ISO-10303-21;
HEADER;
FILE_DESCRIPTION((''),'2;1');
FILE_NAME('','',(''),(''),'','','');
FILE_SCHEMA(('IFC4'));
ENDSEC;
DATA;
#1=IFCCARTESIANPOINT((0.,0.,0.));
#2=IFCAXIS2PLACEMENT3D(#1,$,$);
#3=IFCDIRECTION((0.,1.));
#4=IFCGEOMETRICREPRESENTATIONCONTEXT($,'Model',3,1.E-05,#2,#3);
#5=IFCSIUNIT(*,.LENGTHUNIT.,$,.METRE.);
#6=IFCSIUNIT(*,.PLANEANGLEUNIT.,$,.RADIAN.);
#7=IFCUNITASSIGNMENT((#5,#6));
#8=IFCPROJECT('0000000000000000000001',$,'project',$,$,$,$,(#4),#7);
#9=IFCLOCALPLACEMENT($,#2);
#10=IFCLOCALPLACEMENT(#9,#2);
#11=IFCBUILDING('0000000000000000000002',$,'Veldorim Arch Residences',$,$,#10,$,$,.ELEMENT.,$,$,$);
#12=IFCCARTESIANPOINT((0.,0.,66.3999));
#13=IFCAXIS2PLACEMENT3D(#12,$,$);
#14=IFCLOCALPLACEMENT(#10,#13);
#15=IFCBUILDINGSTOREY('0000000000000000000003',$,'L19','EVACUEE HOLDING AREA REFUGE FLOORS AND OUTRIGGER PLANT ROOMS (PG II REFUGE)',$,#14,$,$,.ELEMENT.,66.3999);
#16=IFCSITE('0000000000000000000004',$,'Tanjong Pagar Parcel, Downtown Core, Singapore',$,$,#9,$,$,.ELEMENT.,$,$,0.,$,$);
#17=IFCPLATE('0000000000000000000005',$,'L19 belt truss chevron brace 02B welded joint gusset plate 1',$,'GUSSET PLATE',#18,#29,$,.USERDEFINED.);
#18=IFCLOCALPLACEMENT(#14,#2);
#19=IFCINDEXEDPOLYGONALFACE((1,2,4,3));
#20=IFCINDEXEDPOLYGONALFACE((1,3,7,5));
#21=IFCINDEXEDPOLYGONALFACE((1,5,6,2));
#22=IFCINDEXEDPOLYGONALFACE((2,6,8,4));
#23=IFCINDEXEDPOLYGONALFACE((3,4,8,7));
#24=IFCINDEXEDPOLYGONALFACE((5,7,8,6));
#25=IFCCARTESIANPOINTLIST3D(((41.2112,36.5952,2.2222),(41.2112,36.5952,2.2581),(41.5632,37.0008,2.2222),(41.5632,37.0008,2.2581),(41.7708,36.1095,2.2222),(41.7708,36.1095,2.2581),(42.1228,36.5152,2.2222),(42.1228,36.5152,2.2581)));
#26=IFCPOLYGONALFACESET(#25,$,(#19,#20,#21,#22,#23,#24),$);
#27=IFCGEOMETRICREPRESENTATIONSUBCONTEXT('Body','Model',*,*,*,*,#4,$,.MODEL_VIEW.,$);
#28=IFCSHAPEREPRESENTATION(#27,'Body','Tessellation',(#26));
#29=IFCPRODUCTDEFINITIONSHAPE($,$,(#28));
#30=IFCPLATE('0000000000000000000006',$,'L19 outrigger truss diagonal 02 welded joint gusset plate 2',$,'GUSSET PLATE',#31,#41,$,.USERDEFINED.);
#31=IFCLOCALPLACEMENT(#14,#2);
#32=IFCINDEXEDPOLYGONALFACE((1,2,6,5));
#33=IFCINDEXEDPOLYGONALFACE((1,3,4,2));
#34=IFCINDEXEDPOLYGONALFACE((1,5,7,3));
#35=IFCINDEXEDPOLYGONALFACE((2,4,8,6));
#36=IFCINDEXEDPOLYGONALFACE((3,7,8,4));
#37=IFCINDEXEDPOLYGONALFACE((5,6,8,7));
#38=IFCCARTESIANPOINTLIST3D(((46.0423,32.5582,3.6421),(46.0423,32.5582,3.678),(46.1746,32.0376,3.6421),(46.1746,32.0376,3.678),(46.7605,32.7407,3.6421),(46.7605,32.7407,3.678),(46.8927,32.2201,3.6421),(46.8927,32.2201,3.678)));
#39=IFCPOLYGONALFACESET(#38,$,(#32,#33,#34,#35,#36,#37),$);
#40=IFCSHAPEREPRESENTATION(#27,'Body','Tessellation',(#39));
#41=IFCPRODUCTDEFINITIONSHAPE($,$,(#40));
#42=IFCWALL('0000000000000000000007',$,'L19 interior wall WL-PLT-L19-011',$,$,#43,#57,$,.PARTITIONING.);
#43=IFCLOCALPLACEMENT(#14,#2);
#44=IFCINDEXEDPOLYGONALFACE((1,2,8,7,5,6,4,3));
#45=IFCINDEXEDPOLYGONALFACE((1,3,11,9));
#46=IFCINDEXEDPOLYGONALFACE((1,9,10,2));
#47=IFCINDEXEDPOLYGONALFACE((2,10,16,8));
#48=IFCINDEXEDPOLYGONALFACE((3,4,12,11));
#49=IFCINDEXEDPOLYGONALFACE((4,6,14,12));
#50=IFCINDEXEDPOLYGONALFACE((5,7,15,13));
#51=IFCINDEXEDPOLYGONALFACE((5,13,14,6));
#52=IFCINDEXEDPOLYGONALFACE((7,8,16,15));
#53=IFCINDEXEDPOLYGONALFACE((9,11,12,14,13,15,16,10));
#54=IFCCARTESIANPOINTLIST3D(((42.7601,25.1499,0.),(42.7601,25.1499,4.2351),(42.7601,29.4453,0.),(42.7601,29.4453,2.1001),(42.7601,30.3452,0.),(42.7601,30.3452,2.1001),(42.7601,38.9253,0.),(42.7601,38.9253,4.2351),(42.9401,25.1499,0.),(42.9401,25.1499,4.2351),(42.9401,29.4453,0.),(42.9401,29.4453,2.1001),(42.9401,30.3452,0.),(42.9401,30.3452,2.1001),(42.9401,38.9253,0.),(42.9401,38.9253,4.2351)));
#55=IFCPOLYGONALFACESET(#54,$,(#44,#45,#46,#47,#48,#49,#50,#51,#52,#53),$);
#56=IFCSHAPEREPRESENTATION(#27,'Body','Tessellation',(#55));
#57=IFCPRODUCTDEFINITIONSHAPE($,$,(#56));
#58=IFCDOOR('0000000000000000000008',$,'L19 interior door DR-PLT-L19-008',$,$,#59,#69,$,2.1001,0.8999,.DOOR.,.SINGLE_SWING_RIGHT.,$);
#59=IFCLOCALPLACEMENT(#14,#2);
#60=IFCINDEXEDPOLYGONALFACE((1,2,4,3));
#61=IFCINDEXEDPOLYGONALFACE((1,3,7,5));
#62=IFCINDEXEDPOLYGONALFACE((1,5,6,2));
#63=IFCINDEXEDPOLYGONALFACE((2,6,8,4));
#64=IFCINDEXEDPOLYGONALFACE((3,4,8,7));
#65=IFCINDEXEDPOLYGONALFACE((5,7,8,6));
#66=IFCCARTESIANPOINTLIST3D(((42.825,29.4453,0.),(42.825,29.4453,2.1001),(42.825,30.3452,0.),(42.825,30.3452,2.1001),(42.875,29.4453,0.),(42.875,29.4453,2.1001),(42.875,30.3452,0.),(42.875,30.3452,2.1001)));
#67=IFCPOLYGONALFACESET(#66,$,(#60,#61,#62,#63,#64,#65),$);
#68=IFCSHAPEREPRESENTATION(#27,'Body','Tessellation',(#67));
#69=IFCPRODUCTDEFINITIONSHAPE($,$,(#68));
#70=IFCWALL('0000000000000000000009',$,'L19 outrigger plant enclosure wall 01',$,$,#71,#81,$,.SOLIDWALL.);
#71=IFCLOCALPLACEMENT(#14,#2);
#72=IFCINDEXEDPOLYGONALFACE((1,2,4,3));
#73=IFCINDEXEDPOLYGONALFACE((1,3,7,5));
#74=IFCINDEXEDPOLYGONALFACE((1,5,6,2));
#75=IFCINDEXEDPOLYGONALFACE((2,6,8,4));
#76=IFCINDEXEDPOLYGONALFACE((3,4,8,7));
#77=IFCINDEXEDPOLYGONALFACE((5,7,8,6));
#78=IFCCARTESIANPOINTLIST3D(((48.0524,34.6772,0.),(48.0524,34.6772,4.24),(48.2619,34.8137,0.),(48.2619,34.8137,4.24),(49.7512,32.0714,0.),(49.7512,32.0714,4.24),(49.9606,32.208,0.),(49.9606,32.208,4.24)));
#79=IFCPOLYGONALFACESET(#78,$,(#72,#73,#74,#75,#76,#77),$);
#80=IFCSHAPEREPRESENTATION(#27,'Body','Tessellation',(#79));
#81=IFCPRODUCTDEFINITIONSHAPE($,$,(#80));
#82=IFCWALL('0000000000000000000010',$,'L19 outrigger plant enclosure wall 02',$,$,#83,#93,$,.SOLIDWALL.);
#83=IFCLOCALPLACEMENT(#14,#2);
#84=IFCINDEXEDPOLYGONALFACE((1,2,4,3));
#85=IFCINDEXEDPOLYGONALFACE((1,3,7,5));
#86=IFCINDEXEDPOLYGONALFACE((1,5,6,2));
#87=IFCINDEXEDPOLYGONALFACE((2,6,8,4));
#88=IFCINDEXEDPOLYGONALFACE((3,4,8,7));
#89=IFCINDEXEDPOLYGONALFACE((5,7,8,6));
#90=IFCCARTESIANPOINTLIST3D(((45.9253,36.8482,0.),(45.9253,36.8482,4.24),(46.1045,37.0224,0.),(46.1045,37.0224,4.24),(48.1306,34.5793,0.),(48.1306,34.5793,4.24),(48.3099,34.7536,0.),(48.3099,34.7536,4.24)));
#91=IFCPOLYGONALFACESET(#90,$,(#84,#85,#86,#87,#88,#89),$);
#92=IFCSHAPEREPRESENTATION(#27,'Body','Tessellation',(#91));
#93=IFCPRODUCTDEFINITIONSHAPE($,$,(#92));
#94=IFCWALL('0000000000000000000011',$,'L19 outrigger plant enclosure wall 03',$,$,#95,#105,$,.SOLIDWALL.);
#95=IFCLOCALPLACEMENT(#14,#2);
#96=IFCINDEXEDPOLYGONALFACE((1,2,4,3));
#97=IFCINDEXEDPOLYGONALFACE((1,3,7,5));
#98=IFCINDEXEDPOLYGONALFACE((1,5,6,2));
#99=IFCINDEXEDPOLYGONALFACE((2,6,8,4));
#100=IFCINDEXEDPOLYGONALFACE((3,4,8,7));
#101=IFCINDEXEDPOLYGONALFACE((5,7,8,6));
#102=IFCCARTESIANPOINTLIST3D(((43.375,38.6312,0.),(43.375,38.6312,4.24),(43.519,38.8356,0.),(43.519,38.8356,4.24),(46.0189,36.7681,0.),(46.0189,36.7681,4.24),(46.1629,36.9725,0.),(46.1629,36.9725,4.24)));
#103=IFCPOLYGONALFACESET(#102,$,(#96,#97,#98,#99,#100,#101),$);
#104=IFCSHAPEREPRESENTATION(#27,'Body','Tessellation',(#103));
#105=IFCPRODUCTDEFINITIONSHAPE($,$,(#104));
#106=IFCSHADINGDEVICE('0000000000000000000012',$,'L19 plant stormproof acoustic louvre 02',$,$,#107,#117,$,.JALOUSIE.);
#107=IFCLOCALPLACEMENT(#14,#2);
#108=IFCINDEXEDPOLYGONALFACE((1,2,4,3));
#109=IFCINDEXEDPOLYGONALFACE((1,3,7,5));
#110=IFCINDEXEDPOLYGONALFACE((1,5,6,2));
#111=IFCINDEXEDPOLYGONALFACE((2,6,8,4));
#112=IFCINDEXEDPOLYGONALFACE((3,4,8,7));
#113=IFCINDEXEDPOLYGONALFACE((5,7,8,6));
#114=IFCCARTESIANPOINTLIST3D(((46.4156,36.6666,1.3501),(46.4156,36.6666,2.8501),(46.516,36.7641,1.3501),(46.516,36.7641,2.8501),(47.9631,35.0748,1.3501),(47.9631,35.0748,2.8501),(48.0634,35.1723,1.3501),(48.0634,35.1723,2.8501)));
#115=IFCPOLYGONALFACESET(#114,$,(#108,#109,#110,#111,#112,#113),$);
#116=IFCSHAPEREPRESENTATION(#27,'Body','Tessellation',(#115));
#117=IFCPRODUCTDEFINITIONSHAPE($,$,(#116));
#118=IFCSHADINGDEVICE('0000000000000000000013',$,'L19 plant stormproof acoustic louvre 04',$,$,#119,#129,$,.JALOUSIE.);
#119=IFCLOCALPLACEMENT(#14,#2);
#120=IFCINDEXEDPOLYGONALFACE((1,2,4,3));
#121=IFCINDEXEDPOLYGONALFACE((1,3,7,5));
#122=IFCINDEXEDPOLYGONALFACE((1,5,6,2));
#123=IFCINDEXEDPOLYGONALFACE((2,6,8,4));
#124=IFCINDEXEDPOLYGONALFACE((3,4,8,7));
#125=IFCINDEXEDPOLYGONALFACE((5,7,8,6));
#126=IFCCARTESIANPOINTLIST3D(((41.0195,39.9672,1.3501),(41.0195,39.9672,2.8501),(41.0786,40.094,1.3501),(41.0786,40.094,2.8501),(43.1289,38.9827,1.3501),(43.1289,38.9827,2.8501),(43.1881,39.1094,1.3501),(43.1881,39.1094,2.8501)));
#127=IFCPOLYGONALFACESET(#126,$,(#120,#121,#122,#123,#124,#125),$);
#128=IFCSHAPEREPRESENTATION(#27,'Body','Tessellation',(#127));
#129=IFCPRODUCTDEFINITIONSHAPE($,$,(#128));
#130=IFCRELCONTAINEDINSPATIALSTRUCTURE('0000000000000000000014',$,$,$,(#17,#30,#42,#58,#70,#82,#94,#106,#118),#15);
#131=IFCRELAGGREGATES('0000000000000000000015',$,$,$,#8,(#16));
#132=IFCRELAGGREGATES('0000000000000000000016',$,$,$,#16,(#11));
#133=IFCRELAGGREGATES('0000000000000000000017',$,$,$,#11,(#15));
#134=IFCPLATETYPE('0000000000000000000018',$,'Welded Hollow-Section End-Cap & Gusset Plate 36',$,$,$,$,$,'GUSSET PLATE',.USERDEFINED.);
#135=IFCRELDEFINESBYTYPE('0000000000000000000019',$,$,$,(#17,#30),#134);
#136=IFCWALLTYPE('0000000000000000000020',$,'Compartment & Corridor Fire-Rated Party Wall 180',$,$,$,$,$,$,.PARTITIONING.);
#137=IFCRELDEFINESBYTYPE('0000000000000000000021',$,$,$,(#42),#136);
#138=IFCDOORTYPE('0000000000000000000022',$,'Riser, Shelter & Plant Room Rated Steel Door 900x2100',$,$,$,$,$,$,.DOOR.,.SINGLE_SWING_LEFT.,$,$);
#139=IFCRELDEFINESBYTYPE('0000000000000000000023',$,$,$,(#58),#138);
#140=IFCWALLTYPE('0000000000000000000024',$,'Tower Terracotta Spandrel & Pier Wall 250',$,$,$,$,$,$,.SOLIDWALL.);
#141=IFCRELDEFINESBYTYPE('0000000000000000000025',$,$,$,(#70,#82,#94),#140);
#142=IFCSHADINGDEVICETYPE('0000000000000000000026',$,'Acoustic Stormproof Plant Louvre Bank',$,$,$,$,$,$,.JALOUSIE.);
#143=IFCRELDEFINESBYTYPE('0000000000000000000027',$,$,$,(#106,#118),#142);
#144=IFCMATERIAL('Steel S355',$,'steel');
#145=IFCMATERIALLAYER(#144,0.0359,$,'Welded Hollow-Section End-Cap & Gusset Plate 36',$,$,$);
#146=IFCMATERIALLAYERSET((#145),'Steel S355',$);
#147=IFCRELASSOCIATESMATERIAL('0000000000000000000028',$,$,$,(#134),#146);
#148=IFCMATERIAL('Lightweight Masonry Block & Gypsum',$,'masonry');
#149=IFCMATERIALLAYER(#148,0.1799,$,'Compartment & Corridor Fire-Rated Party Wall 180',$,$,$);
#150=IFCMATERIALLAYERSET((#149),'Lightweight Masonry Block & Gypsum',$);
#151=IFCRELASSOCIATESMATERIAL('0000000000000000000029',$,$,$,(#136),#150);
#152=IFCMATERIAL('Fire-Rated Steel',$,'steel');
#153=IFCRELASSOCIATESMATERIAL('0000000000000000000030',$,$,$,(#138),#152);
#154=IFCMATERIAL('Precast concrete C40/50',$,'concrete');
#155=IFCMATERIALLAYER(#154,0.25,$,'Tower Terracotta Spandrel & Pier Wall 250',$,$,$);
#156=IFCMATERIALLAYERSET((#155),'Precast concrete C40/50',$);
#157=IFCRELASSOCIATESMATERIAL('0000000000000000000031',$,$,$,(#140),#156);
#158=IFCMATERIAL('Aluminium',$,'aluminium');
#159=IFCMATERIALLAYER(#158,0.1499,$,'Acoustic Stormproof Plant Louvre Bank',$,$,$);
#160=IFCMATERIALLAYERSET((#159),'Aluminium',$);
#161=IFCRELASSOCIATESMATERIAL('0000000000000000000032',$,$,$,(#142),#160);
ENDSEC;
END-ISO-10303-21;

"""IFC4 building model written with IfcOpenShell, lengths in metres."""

from ifc_helpers import new_model, si_unit, direction, frame, frame_2d, origin, origin_2d, place, context, subcontext, project, spatial, rectangle, extrude, material, layer, layer_set, type_object, element, fill, save


model = new_model("IFC4")

# Units and contexts
model_context = context("Model", 3, precision=1e-05, world=origin(), true_north=direction((0.0, 1.0)))
body_context = subcontext(model_context, "Body", "Model", "MODEL_VIEW")
ifc_project = project(units=[si_unit("LENGTHUNIT", "METRE"), si_unit("PLANEANGLEUNIT", "RADIAN")], contexts=[model_context])

# Site, building, storey
site_placement = place(None, origin())
site = spatial("IfcSite", under=ifc_project, at=site_placement, Name="Tanjong Pagar Parcel, Downtown Core, Singapore", CompositionType="ELEMENT", RefElevation=0.0)
building_placement = place(site_placement, origin())
building = spatial("IfcBuilding", under=site, at=building_placement, Name="Veldorim Arch Residences", CompositionType="ELEMENT")
storey_placement = place(building_placement, frame((0.0, 0.0, 66.3999)))
storey = spatial("IfcBuildingStorey", under=building, at=storey_placement, Name="L19", Description="EVACUEE HOLDING AREA REFUGE FLOORS AND OUTRIGGER PLANT ROOMS (PG II REFUGE)", CompositionType="ELEMENT", Elevation=66.3999)

# Plates
ifc_material_1 = material(Name="Steel S355", Category="steel")
ifc_layer_1 = layer(ifc_material_1, 0.0359, Name="Welded Hollow-Section End-Cap & Gusset Plate 36")
ifc_layer_set_1 = layer_set([ifc_layer_1], Name="Steel S355")
plate_type = type_object("IfcPlateType", Name="Welded Hollow-Section End-Cap & Gusset Plate 36", ElementType="GUSSET PLATE", PredefinedType="USERDEFINED", material=ifc_layer_set_1)
for number, where, z_axis, x_axis, name in (
    (1, (41.667, 36.5552, 2.2222), (0.0, 0.0, 1.0), (0.755259, -0.655427, 0.0), "L19 belt truss chevron brace 02B welded joint gusset plate 1"),
    (2, (46.4675, 32.3892, 3.6421), (0.0, 0.0, 1.0), (0.969209, 0.246238, 0.0), "L19 outrigger truss diagonal 02 welded joint gusset plate 2"),
):
    element("IfcPlate", number, at=place(storey_placement, frame(where, z_axis=z_axis, x_axis=x_axis)), inside=storey, type_object=plate_type, Name=name, ObjectType="GUSSET PLATE", PredefinedType="USERDEFINED", context=body_context, shape_type="SweptSolid", body=[
        extrude(rectangle(XDim=0.741, YDim=0.5371, at=origin_2d()), origin(), (0.0, 0.0, 1.0), 0.0359),
    ])

# Wall, opening, door
ifc_material_2 = material(Name="Lightweight Masonry Block & Gypsum", Category="masonry")
ifc_layer_2 = layer(ifc_material_2, 0.1799, Name="Compartment & Corridor Fire-Rated Party Wall 180")
ifc_layer_set_2 = layer_set([ifc_layer_2], Name="Lightweight Masonry Block & Gypsum")
wall_type_1 = type_object("IfcWallType", Name="Compartment & Corridor Fire-Rated Party Wall 180", PredefinedType="PARTITIONING", material=ifc_layer_set_2)
wall_1_placement = place(storey_placement, frame((42.8501, 38.9253, 0.0), z_axis=(0.0, 0.0, 1.0), x_axis=(0.0, -1.0, 0.0)))
wall_1 = element("IfcWall", 3, at=wall_1_placement, inside=storey, type_object=wall_type_1, Name="L19 interior wall WL-PLT-L19-011", PredefinedType="PARTITIONING", context=body_context, shape_type="SweptSolid", body=[
    extrude(rectangle(XDim=13.7754, YDim=0.1799, at=frame_2d((6.8877, 0.0))), origin(), (0.0, 0.0, 1.0), 4.2351),
])
opening_placement = place(wall_1_placement, frame((8.5801, 0.0, 0.0)))
opening = element("IfcOpeningElement", 4, at=opening_placement, cuts=wall_1, PredefinedType="OPENING", context=body_context, shape_type="SweptSolid", body=[
    extrude(rectangle(XDim=0.8999, YDim=2.1001, at=frame_2d((0.45, 1.05))), frame((0.0, 0.0999, 0.0), z_axis=(0.0, -1.0, 0.0), x_axis=(1.0, 0.0, 0.0)), (0.0, 0.0, 1.0), 0.2),
])
ifc_material_3 = material(Name="Fire-Rated Steel", Category="steel")
door_type = type_object("IfcDoorType", Name="Riser, Shelter & Plant Room Rated Steel Door 900x2100", OperationType="SINGLE_SWING_LEFT", PredefinedType="DOOR", material=ifc_material_3)
door_placement = place(opening_placement, origin())
door = element("IfcDoor", 5, at=door_placement, inside=storey, type_object=door_type, Name="L19 interior door DR-PLT-L19-008", OperationType="SINGLE_SWING_RIGHT", OverallHeight=2.1001, OverallWidth=0.8999, PredefinedType="DOOR", context=body_context, shape_type="SweptSolid", body=[
    extrude(rectangle(XDim=0.8999, YDim=2.1001, at=frame_2d((0.45, 1.05))), frame((0.0, 0.0249, 0.0), z_axis=(0.0, -1.0, 0.0), x_axis=(1.0, 0.0, 0.0)), (0.0, 0.0, 1.0), 0.05),
])
fill(opening, door)

# Walls
ifc_material_4 = material(Name="Precast concrete C40/50", Category="concrete")
ifc_layer_3 = layer(ifc_material_4, 0.25, Name="Tower Terracotta Spandrel & Pier Wall 250")
ifc_layer_set_3 = layer_set([ifc_layer_3], Name="Precast concrete C40/50")
wall_type_2 = type_object("IfcWallType", Name="Tower Terracotta Spandrel & Pier Wall 250", PredefinedType="SOLIDWALL", material=ifc_layer_set_3)
wall_2_placement = place(storey_placement, frame((48.1572, 34.7454, 0.0), z_axis=(0.0, 0.0, 1.0), x_axis=(0.546122, -0.837706, 0.0)))
element("IfcWall", 6, at=wall_2_placement, inside=storey, type_object=wall_type_2, Name="L19 outrigger plant enclosure wall 01", PredefinedType="SOLIDWALL", context=body_context, shape_type="SweptSolid", body=[
    extrude(rectangle(XDim=3.1106, YDim=0.25, at=frame_2d((1.5552, 0.0))), origin(), (0.0, 0.0, 1.0), 4.24),
])
wall_3_placement = place(storey_placement, frame((46.0149, 36.9353, 0.0), z_axis=(0.0, 0.0, 1.0), x_axis=(0.697005, -0.717067, 0.0)))
element("IfcWall", 7, at=wall_3_placement, inside=storey, type_object=wall_type_2, Name="L19 outrigger plant enclosure wall 02", PredefinedType="SOLIDWALL", context=body_context, shape_type="SweptSolid", body=[
    extrude(rectangle(XDim=3.1641, YDim=0.25, at=frame_2d((1.582, 0.0))), origin(), (0.0, 0.0, 1.0), 4.24),
])
wall_4_placement = place(storey_placement, frame((43.447, 38.7334, 0.0), z_axis=(0.0, 0.0, 1.0), x_axis=(0.81743, -0.576028, 0.0)))
element("IfcWall", 8, at=wall_4_placement, inside=storey, type_object=wall_type_2, Name="L19 outrigger plant enclosure wall 03", PredefinedType="SOLIDWALL", context=body_context, shape_type="SweptSolid", body=[
    extrude(rectangle(XDim=3.2344, YDim=0.25, at=frame_2d((1.6172, 0.0))), origin(), (0.0, 0.0, 1.0), 4.24),
])

# Shading devices
ifc_material_5 = material(Name="Aluminium", Category="aluminium")
ifc_layer_4 = layer(ifc_material_5, 0.1499, Name="Acoustic Stormproof Plant Louvre Bank")
ifc_layer_set_4 = layer_set([ifc_layer_4], Name="Aluminium")
shading_device_type = type_object("IfcShadingDeviceType", Name="Acoustic Stormproof Plant Louvre Bank", PredefinedType="JALOUSIE", material=ifc_layer_set_4)
shading_device_1_placement = place(storey_placement, frame((47.2395, 35.9194, 1.3501), z_axis=(0.0, 0.0, 1.0), x_axis=(0.69704, -0.717032, 0.0)))
element("IfcShadingDevice", 9, at=shading_device_1_placement, inside=storey, type_object=shading_device_type, Name="L19 plant stormproof acoustic louvre 02", PredefinedType="JALOUSIE", context=body_context, shape_type="SweptSolid", body=[
    extrude(rectangle(XDim=2.22, YDim=0.1399, at=origin_2d()), origin(), (0.0, 0.0, 1.0), 1.5),
])
shading_device_2_placement = place(storey_placement, frame((42.1038, 39.5383, 1.3501), z_axis=(0.0, 0.0, 1.0), x_axis=(0.90616, -0.422935, 0.0)))
element("IfcShadingDevice", 10, at=shading_device_2_placement, inside=storey, type_object=shading_device_type, Name="L19 plant stormproof acoustic louvre 04", PredefinedType="JALOUSIE", context=body_context, shape_type="SweptSolid", body=[
    extrude(rectangle(XDim=2.3279, YDim=0.1399, at=origin_2d()), origin(), (0.0, 0.0, 1.0), 1.5),
])

save(model, "model.ifc")
